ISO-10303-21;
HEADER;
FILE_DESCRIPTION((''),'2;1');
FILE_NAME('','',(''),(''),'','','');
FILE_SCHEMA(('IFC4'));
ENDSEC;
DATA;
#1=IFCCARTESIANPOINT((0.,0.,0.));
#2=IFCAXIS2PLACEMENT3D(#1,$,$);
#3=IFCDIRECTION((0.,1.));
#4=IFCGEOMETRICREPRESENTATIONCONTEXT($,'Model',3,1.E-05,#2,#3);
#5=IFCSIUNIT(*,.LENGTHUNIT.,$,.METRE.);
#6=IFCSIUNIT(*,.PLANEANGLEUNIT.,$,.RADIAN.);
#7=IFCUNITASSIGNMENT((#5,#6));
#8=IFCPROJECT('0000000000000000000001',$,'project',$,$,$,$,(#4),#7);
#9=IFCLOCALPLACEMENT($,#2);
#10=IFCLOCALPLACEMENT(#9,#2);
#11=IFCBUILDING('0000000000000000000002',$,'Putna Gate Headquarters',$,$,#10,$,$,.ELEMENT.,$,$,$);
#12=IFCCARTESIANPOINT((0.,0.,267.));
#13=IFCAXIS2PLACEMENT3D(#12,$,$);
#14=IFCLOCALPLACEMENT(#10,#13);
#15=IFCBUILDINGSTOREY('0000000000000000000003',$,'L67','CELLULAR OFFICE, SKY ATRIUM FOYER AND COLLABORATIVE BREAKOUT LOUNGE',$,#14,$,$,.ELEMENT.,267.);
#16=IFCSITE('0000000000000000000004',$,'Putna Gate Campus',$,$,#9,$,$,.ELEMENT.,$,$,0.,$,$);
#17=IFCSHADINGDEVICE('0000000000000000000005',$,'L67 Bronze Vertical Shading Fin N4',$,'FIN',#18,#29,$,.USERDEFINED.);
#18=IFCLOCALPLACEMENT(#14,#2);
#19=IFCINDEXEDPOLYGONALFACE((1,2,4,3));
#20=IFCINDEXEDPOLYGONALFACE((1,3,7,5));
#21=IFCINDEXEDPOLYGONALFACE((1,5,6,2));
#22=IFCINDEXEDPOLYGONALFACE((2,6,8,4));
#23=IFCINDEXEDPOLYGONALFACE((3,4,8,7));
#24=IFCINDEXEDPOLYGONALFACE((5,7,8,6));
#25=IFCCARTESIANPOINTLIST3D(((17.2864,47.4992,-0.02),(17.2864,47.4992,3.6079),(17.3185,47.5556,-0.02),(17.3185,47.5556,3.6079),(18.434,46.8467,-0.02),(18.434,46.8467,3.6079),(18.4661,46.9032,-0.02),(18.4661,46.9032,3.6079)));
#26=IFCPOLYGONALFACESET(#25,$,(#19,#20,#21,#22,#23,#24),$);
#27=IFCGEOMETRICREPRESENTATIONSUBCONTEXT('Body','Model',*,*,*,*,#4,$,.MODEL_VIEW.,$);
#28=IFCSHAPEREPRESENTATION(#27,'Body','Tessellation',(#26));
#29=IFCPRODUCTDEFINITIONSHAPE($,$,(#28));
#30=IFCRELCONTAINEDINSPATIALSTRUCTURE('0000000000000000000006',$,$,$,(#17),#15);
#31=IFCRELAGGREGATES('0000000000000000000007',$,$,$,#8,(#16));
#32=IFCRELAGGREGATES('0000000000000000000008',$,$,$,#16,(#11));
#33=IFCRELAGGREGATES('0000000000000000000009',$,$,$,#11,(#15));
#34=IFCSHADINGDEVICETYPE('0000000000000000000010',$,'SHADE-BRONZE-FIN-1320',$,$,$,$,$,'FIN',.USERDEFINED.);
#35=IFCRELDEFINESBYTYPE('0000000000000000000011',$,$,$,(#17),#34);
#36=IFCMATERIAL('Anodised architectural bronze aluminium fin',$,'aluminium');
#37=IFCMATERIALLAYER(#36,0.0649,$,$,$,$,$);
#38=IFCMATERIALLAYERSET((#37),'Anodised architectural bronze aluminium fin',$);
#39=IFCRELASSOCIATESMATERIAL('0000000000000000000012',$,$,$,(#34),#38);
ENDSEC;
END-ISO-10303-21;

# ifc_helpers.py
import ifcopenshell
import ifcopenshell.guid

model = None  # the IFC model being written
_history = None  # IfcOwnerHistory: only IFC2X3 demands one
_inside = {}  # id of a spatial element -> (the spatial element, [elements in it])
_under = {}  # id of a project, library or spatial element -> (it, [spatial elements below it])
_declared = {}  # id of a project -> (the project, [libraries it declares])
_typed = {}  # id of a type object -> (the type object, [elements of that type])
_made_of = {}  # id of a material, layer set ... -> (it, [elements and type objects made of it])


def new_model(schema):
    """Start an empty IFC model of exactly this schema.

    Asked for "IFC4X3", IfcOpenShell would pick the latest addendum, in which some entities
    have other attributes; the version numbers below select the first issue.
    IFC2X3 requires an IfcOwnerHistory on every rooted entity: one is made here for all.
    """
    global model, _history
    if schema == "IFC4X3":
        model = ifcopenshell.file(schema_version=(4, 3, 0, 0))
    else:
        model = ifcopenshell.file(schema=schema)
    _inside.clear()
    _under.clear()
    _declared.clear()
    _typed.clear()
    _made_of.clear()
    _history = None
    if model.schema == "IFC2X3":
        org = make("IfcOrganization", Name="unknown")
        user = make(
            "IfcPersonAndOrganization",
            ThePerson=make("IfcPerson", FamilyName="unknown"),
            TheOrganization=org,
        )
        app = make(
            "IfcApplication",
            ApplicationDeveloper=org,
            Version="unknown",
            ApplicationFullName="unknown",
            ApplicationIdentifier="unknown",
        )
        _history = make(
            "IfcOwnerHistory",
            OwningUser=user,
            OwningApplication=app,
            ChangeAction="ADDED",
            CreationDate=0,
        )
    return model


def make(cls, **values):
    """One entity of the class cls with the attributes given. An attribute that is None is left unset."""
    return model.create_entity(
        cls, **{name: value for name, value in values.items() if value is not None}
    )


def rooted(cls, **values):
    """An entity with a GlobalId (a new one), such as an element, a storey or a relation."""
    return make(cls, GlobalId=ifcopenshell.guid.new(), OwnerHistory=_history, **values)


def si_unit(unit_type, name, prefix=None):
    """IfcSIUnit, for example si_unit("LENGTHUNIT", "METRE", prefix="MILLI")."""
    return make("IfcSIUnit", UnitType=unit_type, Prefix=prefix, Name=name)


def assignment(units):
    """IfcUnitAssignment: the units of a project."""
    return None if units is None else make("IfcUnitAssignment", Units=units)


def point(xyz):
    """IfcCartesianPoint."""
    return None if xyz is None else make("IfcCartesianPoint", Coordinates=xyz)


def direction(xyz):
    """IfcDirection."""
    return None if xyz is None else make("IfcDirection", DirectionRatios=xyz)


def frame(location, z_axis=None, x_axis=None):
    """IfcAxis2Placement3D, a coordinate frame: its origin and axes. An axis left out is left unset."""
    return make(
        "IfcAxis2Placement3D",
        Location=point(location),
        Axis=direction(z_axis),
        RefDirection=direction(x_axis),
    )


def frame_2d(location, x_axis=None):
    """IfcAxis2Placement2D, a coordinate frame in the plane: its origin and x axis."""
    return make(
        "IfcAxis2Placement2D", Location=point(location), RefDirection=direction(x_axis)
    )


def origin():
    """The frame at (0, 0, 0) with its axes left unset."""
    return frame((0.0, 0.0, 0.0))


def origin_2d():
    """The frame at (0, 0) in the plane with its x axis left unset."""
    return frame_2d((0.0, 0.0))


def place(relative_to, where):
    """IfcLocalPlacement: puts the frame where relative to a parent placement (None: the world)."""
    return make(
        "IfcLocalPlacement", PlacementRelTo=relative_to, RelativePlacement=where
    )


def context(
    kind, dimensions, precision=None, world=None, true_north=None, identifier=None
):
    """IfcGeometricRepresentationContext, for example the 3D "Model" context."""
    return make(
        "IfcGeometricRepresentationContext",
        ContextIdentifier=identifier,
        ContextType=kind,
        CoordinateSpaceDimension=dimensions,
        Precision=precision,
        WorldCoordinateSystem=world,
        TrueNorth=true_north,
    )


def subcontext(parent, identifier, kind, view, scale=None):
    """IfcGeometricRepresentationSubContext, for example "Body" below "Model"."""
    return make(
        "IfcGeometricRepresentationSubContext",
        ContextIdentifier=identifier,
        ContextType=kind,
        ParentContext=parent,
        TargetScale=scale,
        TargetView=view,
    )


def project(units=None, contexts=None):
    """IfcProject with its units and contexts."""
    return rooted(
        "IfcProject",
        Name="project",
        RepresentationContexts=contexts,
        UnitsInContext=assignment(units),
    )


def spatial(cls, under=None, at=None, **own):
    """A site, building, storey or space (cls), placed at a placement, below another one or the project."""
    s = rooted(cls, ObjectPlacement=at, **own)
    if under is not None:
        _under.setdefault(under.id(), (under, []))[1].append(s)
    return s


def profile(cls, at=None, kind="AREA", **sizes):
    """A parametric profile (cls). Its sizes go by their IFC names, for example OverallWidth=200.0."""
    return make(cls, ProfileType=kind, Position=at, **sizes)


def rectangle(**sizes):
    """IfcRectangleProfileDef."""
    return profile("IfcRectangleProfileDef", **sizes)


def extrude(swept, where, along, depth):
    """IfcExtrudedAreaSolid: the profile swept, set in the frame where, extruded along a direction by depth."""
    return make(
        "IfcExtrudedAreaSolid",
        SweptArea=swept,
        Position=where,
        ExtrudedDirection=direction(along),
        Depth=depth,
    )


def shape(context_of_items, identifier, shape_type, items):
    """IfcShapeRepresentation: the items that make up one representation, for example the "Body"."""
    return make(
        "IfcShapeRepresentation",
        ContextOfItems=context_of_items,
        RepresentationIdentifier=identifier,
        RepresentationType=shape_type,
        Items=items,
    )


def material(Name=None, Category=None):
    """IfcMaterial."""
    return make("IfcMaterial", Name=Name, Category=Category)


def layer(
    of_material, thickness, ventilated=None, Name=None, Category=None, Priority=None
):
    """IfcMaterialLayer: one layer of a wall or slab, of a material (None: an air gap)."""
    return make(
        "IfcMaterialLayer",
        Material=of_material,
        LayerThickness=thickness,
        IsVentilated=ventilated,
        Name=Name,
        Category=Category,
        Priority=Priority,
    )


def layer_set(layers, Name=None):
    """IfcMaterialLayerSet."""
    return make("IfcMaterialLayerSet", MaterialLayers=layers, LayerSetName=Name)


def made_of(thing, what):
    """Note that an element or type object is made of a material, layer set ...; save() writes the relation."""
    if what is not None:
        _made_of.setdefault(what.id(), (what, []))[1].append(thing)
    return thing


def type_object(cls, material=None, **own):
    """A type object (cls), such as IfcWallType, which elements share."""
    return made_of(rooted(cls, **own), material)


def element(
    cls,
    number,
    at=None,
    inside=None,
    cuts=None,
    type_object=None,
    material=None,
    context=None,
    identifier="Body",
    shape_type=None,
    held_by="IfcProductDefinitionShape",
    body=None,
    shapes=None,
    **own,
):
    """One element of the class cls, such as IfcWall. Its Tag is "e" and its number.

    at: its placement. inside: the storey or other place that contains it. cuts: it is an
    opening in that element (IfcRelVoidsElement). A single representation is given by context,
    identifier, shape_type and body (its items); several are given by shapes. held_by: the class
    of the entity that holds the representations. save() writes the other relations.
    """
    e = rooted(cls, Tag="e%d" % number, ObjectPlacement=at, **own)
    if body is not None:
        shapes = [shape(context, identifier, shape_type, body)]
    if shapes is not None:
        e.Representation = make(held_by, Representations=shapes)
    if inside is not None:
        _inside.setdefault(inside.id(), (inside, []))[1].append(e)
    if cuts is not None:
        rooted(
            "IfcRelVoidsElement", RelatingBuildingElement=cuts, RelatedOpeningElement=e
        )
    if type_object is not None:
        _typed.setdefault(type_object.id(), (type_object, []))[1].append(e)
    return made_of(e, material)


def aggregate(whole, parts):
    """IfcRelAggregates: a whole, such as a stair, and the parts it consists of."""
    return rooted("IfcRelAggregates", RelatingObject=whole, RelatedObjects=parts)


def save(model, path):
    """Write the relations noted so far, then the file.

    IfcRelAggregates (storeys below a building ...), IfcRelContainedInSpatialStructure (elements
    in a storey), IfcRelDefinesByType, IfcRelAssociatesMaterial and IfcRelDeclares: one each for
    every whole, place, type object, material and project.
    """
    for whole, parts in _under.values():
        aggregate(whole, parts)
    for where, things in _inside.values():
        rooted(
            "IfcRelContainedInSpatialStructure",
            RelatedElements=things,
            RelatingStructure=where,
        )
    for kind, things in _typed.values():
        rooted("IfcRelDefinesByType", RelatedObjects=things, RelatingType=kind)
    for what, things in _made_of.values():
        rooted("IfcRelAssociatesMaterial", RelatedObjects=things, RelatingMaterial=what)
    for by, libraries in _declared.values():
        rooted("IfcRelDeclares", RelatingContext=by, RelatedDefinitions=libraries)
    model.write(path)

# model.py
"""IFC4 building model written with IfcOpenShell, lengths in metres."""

from ifc_helpers import new_model, si_unit, direction, frame, origin, origin_2d, place, context, subcontext, project, spatial, rectangle, extrude, material, layer, layer_set, type_object, element, save


model = new_model("IFC4")

# Units and contexts
model_context = context("Model", 3, precision=1e-05, world=origin(), true_north=direction((0.0, 1.0)))
body_context = subcontext(model_context, "Body", "Model", "MODEL_VIEW")
ifc_project = project(units=[si_unit("LENGTHUNIT", "METRE"), si_unit("PLANEANGLEUNIT", "RADIAN")], contexts=[model_context])

# Site, building, storey
site_placement = place(None, origin())
site = spatial("IfcSite", under=ifc_project, at=site_placement, Name="Putna Gate Campus", CompositionType="ELEMENT", RefElevation=0.0)
building_placement = place(site_placement, origin())
building = spatial("IfcBuilding", under=site, at=building_placement, Name="Putna Gate Headquarters", CompositionType="ELEMENT")
storey_placement = place(building_placement, frame((0.0, 0.0, 267.0)))
storey = spatial("IfcBuildingStorey", under=building, at=storey_placement, Name="L67", Description="CELLULAR OFFICE, SKY ATRIUM FOYER AND COLLABORATIVE BREAKOUT LOUNGE", CompositionType="ELEMENT", Elevation=267.0)

# Shading device
ifc_material_1 = material(Name="Anodised architectural bronze aluminium fin", Category="aluminium")
ifc_layer_1 = layer(ifc_material_1, 0.0649)
ifc_layer_set_1 = layer_set([ifc_layer_1], Name="Anodised architectural bronze aluminium fin")
shading_device_type = type_object("IfcShadingDeviceType", Name="SHADE-BRONZE-FIN-1320", ElementType="FIN", PredefinedType="USERDEFINED", material=ifc_layer_set_1)
for number, where, z_axis, x_axis, name in (
    (1, (17.8762, 47.2012, -0.02), (0.0, 0.0, 1.0), (-0.869322, 0.494245, 0.0), "L67 Bronze Vertical Shading Fin N4"),
):
    element("IfcShadingDevice", number, at=place(storey_placement, frame(where, z_axis=z_axis, x_axis=x_axis)), inside=storey, type_object=shading_device_type, Name=name, ObjectType="FIN", PredefinedType="USERDEFINED", context=body_context, shape_type="SweptSolid", body=[
        extrude(rectangle(XDim=1.3201, YDim=0.0649, at=origin_2d()), origin(), (0.0, 0.0, 1.0), 3.6279),
    ])

save(model, "model.ifc")
